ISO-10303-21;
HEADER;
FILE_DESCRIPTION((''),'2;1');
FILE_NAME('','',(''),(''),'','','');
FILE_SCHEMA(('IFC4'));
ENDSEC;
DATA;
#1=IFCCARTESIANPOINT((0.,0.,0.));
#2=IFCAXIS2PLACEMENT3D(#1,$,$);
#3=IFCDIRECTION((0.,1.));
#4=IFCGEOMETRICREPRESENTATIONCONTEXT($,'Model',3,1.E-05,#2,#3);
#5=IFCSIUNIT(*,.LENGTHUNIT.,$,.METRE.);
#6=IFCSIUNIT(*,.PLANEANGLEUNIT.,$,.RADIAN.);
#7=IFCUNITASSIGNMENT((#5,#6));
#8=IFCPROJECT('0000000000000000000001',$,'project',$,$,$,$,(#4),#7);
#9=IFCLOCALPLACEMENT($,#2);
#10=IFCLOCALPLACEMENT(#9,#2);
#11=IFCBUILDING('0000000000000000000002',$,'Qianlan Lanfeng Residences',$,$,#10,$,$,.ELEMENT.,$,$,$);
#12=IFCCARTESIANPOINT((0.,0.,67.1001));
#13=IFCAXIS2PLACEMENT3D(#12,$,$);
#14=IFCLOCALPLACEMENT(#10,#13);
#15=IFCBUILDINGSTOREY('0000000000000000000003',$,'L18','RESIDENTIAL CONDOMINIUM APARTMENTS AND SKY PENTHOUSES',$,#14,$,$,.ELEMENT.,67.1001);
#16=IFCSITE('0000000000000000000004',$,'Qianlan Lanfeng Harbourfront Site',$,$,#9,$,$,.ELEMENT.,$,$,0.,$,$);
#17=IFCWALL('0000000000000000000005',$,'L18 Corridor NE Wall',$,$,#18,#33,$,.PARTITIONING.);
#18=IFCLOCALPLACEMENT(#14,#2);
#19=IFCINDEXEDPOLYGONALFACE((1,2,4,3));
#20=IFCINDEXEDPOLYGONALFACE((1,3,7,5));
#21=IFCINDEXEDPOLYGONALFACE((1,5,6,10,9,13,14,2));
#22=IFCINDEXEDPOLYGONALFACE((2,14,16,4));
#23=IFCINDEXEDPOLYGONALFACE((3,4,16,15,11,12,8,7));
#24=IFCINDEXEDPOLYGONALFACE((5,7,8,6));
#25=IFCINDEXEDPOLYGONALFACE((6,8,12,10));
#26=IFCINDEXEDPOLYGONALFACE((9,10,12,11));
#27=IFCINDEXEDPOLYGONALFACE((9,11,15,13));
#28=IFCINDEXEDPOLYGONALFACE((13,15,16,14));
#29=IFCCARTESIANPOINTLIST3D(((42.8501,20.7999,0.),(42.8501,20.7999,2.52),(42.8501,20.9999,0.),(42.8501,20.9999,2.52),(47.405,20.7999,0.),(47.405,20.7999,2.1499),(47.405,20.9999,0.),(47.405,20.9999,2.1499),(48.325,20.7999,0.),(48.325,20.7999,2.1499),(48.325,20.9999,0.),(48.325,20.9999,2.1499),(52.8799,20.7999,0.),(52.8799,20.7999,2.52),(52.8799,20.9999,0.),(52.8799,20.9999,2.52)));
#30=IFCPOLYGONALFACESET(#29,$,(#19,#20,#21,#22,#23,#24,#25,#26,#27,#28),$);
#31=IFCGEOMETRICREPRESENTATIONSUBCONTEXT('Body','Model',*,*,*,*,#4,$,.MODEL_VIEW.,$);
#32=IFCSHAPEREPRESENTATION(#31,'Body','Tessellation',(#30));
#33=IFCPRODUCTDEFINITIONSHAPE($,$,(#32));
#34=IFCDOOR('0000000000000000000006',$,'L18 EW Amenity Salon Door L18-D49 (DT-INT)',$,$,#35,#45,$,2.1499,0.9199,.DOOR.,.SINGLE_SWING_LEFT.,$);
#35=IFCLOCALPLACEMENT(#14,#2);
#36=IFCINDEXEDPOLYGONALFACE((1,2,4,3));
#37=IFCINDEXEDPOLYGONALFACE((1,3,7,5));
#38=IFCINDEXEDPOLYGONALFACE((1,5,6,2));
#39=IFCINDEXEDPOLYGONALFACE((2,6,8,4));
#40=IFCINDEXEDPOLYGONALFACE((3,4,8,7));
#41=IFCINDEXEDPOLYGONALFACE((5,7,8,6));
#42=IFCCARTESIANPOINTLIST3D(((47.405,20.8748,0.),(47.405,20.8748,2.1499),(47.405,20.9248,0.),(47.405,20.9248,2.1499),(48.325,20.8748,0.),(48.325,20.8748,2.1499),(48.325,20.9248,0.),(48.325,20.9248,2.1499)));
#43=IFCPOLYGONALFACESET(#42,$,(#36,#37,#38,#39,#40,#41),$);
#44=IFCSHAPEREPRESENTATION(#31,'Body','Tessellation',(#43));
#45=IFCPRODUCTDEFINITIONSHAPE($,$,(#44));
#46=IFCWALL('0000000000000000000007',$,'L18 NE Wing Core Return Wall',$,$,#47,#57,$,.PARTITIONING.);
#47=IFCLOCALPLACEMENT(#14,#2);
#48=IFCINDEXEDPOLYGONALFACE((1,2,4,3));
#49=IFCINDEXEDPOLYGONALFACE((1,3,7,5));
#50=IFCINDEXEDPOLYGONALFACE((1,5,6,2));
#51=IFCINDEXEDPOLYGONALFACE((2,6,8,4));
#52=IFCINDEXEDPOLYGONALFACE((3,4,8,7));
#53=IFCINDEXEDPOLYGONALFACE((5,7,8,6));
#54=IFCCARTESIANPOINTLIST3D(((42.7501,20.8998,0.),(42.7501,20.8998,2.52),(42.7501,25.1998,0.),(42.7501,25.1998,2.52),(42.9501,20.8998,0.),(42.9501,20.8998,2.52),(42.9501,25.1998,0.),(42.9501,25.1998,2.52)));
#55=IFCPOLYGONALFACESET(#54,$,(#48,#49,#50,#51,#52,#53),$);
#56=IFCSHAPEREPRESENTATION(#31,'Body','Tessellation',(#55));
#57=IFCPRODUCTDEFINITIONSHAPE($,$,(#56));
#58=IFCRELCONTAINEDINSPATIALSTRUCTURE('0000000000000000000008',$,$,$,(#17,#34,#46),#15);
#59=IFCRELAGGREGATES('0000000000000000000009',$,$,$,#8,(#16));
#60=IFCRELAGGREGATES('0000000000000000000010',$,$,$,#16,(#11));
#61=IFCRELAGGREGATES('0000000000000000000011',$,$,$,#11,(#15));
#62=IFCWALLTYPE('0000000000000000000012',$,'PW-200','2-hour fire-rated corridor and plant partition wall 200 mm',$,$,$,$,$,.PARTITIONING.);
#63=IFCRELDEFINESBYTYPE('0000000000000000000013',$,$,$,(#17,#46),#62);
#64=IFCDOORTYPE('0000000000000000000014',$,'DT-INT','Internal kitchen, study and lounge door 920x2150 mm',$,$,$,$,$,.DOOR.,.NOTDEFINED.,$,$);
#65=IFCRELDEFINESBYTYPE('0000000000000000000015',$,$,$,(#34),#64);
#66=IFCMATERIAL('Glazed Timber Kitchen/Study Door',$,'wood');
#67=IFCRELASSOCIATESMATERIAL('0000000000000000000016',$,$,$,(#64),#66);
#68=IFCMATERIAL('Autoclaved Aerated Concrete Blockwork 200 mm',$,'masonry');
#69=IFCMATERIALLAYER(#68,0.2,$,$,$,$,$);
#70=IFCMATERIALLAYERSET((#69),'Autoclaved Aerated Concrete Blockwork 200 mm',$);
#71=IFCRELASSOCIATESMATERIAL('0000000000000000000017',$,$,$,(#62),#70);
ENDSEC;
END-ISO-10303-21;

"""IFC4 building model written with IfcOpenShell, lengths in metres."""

from ifc_helpers import new_model, si_unit, direction, frame, frame_2d, origin, place, context, subcontext, project, spatial, rectangle, extrude, material, layer, layer_set, type_object, element, fill, save


model = new_model("IFC4")

# Units and contexts
model_context = context("Model", 3, precision=1e-05, world=origin(), true_north=direction((0.0, 1.0)))
body_context = subcontext(model_context, "Body", "Model", "MODEL_VIEW")
ifc_project = project(units=[si_unit("LENGTHUNIT", "METRE"), si_unit("PLANEANGLEUNIT", "RADIAN")], contexts=[model_context])

# Site, building, storey
site_placement = place(None, origin())
site = spatial("IfcSite", under=ifc_project, at=site_placement, Name="Qianlan Lanfeng Harbourfront Site", CompositionType="ELEMENT", RefElevation=0.0)
building_placement = place(site_placement, origin())
building = spatial("IfcBuilding", under=site, at=building_placement, Name="Qianlan Lanfeng Residences", CompositionType="ELEMENT")
storey_placement = place(building_placement, frame((0.0, 0.0, 67.1001)))
storey = spatial("IfcBuildingStorey", under=building, at=storey_placement, Name="L18", Description="RESIDENTIAL CONDOMINIUM APARTMENTS AND SKY PENTHOUSES", CompositionType="ELEMENT", Elevation=67.1001)

# Wall, opening, door
ifc_material_1 = material(Name="Glazed Timber Kitchen/Study Door", Category="wood")
door_type = type_object("IfcDoorType", Name="DT-INT", Description="Internal kitchen, study and lounge door 920x2150 mm", OperationType="NOTDEFINED", PredefinedType="DOOR", material=ifc_material_1)
ifc_material_2 = material(Name="Autoclaved Aerated Concrete Blockwork 200 mm", Category="masonry")
ifc_layer_1 = layer(ifc_material_2, 0.2)
ifc_layer_set_1 = layer_set([ifc_layer_1], Name="Autoclaved Aerated Concrete Blockwork 200 mm")
wall_type_1 = type_object("IfcWallType", Name="PW-200", Description="2-hour fire-rated corridor and plant partition wall 200 mm", PredefinedType="PARTITIONING", material=ifc_layer_set_1)
wall_1_placement = place(storey_placement, frame((42.8501, 20.8999, 0.0), z_axis=(0.0, 0.0, 1.0), x_axis=(1.0, 0.0, 0.0)))
wall_1 = element("IfcWall", 1, at=wall_1_placement, inside=storey, type_object=wall_type_1, Name="L18 Corridor NE Wall", PredefinedType="PARTITIONING", context=body_context, shape_type="SweptSolid", body=[
    extrude(rectangle(XDim=10.0298, YDim=0.2, at=frame_2d((5.0149, 0.0))), origin(), (0.0, 0.0, 1.0), 2.52),
])
opening_1_placement = place(wall_1_placement, frame((4.5549, 0.0, 0.0)))
opening_1 = element("IfcOpeningElement", 2, at=opening_1_placement, cuts=wall_1, PredefinedType="OPENING", context=body_context, shape_type="SweptSolid", body=[
    extrude(rectangle(XDim=0.9199, YDim=2.1499, at=frame_2d((0.46, 1.075))), frame((0.0, 0.1099, 0.0), z_axis=(0.0, -1.0, 0.0), x_axis=(1.0, 0.0, 0.0)), (0.0, 0.0, 1.0), 0.22),
])
door_1_placement = place(opening_1_placement, origin())
door_1 = element("IfcDoor", 3, at=door_1_placement, inside=storey, type_object=door_type, Name="L18 EW Amenity Salon Door L18-D49 (DT-INT)", OperationType="SINGLE_SWING_LEFT", OverallHeight=2.1499, OverallWidth=0.9199, PredefinedType="DOOR", context=body_context, shape_type="SweptSolid", body=[
    extrude(rectangle(XDim=0.9199, YDim=2.1499, at=frame_2d((0.46, 1.075))), frame((0.0, 0.0249, 0.0), z_axis=(0.0, -1.0, 0.0), x_axis=(1.0, 0.0, 0.0)), (0.0, 0.0, 1.0), 0.05),
])
fill(opening_1, door_1)

# Wall
wall_2_placement = place(storey_placement, frame((42.8501, 20.8999, 0.0), z_axis=(0.0, 0.0, 1.0), x_axis=(0.0, 1.0, 0.0)))
element("IfcWall", 4, at=wall_2_placement, inside=storey, type_object=wall_type_1, Name="L18 NE Wing Core Return Wall", PredefinedType="PARTITIONING", context=body_context, shape_type="SweptSolid", body=[
    extrude(rectangle(XDim=4.3, YDim=0.2, at=frame_2d((2.1499, 0.0))), origin(), (0.0, 0.0, 1.0), 2.52),
])

save(model, "model.ifc")
